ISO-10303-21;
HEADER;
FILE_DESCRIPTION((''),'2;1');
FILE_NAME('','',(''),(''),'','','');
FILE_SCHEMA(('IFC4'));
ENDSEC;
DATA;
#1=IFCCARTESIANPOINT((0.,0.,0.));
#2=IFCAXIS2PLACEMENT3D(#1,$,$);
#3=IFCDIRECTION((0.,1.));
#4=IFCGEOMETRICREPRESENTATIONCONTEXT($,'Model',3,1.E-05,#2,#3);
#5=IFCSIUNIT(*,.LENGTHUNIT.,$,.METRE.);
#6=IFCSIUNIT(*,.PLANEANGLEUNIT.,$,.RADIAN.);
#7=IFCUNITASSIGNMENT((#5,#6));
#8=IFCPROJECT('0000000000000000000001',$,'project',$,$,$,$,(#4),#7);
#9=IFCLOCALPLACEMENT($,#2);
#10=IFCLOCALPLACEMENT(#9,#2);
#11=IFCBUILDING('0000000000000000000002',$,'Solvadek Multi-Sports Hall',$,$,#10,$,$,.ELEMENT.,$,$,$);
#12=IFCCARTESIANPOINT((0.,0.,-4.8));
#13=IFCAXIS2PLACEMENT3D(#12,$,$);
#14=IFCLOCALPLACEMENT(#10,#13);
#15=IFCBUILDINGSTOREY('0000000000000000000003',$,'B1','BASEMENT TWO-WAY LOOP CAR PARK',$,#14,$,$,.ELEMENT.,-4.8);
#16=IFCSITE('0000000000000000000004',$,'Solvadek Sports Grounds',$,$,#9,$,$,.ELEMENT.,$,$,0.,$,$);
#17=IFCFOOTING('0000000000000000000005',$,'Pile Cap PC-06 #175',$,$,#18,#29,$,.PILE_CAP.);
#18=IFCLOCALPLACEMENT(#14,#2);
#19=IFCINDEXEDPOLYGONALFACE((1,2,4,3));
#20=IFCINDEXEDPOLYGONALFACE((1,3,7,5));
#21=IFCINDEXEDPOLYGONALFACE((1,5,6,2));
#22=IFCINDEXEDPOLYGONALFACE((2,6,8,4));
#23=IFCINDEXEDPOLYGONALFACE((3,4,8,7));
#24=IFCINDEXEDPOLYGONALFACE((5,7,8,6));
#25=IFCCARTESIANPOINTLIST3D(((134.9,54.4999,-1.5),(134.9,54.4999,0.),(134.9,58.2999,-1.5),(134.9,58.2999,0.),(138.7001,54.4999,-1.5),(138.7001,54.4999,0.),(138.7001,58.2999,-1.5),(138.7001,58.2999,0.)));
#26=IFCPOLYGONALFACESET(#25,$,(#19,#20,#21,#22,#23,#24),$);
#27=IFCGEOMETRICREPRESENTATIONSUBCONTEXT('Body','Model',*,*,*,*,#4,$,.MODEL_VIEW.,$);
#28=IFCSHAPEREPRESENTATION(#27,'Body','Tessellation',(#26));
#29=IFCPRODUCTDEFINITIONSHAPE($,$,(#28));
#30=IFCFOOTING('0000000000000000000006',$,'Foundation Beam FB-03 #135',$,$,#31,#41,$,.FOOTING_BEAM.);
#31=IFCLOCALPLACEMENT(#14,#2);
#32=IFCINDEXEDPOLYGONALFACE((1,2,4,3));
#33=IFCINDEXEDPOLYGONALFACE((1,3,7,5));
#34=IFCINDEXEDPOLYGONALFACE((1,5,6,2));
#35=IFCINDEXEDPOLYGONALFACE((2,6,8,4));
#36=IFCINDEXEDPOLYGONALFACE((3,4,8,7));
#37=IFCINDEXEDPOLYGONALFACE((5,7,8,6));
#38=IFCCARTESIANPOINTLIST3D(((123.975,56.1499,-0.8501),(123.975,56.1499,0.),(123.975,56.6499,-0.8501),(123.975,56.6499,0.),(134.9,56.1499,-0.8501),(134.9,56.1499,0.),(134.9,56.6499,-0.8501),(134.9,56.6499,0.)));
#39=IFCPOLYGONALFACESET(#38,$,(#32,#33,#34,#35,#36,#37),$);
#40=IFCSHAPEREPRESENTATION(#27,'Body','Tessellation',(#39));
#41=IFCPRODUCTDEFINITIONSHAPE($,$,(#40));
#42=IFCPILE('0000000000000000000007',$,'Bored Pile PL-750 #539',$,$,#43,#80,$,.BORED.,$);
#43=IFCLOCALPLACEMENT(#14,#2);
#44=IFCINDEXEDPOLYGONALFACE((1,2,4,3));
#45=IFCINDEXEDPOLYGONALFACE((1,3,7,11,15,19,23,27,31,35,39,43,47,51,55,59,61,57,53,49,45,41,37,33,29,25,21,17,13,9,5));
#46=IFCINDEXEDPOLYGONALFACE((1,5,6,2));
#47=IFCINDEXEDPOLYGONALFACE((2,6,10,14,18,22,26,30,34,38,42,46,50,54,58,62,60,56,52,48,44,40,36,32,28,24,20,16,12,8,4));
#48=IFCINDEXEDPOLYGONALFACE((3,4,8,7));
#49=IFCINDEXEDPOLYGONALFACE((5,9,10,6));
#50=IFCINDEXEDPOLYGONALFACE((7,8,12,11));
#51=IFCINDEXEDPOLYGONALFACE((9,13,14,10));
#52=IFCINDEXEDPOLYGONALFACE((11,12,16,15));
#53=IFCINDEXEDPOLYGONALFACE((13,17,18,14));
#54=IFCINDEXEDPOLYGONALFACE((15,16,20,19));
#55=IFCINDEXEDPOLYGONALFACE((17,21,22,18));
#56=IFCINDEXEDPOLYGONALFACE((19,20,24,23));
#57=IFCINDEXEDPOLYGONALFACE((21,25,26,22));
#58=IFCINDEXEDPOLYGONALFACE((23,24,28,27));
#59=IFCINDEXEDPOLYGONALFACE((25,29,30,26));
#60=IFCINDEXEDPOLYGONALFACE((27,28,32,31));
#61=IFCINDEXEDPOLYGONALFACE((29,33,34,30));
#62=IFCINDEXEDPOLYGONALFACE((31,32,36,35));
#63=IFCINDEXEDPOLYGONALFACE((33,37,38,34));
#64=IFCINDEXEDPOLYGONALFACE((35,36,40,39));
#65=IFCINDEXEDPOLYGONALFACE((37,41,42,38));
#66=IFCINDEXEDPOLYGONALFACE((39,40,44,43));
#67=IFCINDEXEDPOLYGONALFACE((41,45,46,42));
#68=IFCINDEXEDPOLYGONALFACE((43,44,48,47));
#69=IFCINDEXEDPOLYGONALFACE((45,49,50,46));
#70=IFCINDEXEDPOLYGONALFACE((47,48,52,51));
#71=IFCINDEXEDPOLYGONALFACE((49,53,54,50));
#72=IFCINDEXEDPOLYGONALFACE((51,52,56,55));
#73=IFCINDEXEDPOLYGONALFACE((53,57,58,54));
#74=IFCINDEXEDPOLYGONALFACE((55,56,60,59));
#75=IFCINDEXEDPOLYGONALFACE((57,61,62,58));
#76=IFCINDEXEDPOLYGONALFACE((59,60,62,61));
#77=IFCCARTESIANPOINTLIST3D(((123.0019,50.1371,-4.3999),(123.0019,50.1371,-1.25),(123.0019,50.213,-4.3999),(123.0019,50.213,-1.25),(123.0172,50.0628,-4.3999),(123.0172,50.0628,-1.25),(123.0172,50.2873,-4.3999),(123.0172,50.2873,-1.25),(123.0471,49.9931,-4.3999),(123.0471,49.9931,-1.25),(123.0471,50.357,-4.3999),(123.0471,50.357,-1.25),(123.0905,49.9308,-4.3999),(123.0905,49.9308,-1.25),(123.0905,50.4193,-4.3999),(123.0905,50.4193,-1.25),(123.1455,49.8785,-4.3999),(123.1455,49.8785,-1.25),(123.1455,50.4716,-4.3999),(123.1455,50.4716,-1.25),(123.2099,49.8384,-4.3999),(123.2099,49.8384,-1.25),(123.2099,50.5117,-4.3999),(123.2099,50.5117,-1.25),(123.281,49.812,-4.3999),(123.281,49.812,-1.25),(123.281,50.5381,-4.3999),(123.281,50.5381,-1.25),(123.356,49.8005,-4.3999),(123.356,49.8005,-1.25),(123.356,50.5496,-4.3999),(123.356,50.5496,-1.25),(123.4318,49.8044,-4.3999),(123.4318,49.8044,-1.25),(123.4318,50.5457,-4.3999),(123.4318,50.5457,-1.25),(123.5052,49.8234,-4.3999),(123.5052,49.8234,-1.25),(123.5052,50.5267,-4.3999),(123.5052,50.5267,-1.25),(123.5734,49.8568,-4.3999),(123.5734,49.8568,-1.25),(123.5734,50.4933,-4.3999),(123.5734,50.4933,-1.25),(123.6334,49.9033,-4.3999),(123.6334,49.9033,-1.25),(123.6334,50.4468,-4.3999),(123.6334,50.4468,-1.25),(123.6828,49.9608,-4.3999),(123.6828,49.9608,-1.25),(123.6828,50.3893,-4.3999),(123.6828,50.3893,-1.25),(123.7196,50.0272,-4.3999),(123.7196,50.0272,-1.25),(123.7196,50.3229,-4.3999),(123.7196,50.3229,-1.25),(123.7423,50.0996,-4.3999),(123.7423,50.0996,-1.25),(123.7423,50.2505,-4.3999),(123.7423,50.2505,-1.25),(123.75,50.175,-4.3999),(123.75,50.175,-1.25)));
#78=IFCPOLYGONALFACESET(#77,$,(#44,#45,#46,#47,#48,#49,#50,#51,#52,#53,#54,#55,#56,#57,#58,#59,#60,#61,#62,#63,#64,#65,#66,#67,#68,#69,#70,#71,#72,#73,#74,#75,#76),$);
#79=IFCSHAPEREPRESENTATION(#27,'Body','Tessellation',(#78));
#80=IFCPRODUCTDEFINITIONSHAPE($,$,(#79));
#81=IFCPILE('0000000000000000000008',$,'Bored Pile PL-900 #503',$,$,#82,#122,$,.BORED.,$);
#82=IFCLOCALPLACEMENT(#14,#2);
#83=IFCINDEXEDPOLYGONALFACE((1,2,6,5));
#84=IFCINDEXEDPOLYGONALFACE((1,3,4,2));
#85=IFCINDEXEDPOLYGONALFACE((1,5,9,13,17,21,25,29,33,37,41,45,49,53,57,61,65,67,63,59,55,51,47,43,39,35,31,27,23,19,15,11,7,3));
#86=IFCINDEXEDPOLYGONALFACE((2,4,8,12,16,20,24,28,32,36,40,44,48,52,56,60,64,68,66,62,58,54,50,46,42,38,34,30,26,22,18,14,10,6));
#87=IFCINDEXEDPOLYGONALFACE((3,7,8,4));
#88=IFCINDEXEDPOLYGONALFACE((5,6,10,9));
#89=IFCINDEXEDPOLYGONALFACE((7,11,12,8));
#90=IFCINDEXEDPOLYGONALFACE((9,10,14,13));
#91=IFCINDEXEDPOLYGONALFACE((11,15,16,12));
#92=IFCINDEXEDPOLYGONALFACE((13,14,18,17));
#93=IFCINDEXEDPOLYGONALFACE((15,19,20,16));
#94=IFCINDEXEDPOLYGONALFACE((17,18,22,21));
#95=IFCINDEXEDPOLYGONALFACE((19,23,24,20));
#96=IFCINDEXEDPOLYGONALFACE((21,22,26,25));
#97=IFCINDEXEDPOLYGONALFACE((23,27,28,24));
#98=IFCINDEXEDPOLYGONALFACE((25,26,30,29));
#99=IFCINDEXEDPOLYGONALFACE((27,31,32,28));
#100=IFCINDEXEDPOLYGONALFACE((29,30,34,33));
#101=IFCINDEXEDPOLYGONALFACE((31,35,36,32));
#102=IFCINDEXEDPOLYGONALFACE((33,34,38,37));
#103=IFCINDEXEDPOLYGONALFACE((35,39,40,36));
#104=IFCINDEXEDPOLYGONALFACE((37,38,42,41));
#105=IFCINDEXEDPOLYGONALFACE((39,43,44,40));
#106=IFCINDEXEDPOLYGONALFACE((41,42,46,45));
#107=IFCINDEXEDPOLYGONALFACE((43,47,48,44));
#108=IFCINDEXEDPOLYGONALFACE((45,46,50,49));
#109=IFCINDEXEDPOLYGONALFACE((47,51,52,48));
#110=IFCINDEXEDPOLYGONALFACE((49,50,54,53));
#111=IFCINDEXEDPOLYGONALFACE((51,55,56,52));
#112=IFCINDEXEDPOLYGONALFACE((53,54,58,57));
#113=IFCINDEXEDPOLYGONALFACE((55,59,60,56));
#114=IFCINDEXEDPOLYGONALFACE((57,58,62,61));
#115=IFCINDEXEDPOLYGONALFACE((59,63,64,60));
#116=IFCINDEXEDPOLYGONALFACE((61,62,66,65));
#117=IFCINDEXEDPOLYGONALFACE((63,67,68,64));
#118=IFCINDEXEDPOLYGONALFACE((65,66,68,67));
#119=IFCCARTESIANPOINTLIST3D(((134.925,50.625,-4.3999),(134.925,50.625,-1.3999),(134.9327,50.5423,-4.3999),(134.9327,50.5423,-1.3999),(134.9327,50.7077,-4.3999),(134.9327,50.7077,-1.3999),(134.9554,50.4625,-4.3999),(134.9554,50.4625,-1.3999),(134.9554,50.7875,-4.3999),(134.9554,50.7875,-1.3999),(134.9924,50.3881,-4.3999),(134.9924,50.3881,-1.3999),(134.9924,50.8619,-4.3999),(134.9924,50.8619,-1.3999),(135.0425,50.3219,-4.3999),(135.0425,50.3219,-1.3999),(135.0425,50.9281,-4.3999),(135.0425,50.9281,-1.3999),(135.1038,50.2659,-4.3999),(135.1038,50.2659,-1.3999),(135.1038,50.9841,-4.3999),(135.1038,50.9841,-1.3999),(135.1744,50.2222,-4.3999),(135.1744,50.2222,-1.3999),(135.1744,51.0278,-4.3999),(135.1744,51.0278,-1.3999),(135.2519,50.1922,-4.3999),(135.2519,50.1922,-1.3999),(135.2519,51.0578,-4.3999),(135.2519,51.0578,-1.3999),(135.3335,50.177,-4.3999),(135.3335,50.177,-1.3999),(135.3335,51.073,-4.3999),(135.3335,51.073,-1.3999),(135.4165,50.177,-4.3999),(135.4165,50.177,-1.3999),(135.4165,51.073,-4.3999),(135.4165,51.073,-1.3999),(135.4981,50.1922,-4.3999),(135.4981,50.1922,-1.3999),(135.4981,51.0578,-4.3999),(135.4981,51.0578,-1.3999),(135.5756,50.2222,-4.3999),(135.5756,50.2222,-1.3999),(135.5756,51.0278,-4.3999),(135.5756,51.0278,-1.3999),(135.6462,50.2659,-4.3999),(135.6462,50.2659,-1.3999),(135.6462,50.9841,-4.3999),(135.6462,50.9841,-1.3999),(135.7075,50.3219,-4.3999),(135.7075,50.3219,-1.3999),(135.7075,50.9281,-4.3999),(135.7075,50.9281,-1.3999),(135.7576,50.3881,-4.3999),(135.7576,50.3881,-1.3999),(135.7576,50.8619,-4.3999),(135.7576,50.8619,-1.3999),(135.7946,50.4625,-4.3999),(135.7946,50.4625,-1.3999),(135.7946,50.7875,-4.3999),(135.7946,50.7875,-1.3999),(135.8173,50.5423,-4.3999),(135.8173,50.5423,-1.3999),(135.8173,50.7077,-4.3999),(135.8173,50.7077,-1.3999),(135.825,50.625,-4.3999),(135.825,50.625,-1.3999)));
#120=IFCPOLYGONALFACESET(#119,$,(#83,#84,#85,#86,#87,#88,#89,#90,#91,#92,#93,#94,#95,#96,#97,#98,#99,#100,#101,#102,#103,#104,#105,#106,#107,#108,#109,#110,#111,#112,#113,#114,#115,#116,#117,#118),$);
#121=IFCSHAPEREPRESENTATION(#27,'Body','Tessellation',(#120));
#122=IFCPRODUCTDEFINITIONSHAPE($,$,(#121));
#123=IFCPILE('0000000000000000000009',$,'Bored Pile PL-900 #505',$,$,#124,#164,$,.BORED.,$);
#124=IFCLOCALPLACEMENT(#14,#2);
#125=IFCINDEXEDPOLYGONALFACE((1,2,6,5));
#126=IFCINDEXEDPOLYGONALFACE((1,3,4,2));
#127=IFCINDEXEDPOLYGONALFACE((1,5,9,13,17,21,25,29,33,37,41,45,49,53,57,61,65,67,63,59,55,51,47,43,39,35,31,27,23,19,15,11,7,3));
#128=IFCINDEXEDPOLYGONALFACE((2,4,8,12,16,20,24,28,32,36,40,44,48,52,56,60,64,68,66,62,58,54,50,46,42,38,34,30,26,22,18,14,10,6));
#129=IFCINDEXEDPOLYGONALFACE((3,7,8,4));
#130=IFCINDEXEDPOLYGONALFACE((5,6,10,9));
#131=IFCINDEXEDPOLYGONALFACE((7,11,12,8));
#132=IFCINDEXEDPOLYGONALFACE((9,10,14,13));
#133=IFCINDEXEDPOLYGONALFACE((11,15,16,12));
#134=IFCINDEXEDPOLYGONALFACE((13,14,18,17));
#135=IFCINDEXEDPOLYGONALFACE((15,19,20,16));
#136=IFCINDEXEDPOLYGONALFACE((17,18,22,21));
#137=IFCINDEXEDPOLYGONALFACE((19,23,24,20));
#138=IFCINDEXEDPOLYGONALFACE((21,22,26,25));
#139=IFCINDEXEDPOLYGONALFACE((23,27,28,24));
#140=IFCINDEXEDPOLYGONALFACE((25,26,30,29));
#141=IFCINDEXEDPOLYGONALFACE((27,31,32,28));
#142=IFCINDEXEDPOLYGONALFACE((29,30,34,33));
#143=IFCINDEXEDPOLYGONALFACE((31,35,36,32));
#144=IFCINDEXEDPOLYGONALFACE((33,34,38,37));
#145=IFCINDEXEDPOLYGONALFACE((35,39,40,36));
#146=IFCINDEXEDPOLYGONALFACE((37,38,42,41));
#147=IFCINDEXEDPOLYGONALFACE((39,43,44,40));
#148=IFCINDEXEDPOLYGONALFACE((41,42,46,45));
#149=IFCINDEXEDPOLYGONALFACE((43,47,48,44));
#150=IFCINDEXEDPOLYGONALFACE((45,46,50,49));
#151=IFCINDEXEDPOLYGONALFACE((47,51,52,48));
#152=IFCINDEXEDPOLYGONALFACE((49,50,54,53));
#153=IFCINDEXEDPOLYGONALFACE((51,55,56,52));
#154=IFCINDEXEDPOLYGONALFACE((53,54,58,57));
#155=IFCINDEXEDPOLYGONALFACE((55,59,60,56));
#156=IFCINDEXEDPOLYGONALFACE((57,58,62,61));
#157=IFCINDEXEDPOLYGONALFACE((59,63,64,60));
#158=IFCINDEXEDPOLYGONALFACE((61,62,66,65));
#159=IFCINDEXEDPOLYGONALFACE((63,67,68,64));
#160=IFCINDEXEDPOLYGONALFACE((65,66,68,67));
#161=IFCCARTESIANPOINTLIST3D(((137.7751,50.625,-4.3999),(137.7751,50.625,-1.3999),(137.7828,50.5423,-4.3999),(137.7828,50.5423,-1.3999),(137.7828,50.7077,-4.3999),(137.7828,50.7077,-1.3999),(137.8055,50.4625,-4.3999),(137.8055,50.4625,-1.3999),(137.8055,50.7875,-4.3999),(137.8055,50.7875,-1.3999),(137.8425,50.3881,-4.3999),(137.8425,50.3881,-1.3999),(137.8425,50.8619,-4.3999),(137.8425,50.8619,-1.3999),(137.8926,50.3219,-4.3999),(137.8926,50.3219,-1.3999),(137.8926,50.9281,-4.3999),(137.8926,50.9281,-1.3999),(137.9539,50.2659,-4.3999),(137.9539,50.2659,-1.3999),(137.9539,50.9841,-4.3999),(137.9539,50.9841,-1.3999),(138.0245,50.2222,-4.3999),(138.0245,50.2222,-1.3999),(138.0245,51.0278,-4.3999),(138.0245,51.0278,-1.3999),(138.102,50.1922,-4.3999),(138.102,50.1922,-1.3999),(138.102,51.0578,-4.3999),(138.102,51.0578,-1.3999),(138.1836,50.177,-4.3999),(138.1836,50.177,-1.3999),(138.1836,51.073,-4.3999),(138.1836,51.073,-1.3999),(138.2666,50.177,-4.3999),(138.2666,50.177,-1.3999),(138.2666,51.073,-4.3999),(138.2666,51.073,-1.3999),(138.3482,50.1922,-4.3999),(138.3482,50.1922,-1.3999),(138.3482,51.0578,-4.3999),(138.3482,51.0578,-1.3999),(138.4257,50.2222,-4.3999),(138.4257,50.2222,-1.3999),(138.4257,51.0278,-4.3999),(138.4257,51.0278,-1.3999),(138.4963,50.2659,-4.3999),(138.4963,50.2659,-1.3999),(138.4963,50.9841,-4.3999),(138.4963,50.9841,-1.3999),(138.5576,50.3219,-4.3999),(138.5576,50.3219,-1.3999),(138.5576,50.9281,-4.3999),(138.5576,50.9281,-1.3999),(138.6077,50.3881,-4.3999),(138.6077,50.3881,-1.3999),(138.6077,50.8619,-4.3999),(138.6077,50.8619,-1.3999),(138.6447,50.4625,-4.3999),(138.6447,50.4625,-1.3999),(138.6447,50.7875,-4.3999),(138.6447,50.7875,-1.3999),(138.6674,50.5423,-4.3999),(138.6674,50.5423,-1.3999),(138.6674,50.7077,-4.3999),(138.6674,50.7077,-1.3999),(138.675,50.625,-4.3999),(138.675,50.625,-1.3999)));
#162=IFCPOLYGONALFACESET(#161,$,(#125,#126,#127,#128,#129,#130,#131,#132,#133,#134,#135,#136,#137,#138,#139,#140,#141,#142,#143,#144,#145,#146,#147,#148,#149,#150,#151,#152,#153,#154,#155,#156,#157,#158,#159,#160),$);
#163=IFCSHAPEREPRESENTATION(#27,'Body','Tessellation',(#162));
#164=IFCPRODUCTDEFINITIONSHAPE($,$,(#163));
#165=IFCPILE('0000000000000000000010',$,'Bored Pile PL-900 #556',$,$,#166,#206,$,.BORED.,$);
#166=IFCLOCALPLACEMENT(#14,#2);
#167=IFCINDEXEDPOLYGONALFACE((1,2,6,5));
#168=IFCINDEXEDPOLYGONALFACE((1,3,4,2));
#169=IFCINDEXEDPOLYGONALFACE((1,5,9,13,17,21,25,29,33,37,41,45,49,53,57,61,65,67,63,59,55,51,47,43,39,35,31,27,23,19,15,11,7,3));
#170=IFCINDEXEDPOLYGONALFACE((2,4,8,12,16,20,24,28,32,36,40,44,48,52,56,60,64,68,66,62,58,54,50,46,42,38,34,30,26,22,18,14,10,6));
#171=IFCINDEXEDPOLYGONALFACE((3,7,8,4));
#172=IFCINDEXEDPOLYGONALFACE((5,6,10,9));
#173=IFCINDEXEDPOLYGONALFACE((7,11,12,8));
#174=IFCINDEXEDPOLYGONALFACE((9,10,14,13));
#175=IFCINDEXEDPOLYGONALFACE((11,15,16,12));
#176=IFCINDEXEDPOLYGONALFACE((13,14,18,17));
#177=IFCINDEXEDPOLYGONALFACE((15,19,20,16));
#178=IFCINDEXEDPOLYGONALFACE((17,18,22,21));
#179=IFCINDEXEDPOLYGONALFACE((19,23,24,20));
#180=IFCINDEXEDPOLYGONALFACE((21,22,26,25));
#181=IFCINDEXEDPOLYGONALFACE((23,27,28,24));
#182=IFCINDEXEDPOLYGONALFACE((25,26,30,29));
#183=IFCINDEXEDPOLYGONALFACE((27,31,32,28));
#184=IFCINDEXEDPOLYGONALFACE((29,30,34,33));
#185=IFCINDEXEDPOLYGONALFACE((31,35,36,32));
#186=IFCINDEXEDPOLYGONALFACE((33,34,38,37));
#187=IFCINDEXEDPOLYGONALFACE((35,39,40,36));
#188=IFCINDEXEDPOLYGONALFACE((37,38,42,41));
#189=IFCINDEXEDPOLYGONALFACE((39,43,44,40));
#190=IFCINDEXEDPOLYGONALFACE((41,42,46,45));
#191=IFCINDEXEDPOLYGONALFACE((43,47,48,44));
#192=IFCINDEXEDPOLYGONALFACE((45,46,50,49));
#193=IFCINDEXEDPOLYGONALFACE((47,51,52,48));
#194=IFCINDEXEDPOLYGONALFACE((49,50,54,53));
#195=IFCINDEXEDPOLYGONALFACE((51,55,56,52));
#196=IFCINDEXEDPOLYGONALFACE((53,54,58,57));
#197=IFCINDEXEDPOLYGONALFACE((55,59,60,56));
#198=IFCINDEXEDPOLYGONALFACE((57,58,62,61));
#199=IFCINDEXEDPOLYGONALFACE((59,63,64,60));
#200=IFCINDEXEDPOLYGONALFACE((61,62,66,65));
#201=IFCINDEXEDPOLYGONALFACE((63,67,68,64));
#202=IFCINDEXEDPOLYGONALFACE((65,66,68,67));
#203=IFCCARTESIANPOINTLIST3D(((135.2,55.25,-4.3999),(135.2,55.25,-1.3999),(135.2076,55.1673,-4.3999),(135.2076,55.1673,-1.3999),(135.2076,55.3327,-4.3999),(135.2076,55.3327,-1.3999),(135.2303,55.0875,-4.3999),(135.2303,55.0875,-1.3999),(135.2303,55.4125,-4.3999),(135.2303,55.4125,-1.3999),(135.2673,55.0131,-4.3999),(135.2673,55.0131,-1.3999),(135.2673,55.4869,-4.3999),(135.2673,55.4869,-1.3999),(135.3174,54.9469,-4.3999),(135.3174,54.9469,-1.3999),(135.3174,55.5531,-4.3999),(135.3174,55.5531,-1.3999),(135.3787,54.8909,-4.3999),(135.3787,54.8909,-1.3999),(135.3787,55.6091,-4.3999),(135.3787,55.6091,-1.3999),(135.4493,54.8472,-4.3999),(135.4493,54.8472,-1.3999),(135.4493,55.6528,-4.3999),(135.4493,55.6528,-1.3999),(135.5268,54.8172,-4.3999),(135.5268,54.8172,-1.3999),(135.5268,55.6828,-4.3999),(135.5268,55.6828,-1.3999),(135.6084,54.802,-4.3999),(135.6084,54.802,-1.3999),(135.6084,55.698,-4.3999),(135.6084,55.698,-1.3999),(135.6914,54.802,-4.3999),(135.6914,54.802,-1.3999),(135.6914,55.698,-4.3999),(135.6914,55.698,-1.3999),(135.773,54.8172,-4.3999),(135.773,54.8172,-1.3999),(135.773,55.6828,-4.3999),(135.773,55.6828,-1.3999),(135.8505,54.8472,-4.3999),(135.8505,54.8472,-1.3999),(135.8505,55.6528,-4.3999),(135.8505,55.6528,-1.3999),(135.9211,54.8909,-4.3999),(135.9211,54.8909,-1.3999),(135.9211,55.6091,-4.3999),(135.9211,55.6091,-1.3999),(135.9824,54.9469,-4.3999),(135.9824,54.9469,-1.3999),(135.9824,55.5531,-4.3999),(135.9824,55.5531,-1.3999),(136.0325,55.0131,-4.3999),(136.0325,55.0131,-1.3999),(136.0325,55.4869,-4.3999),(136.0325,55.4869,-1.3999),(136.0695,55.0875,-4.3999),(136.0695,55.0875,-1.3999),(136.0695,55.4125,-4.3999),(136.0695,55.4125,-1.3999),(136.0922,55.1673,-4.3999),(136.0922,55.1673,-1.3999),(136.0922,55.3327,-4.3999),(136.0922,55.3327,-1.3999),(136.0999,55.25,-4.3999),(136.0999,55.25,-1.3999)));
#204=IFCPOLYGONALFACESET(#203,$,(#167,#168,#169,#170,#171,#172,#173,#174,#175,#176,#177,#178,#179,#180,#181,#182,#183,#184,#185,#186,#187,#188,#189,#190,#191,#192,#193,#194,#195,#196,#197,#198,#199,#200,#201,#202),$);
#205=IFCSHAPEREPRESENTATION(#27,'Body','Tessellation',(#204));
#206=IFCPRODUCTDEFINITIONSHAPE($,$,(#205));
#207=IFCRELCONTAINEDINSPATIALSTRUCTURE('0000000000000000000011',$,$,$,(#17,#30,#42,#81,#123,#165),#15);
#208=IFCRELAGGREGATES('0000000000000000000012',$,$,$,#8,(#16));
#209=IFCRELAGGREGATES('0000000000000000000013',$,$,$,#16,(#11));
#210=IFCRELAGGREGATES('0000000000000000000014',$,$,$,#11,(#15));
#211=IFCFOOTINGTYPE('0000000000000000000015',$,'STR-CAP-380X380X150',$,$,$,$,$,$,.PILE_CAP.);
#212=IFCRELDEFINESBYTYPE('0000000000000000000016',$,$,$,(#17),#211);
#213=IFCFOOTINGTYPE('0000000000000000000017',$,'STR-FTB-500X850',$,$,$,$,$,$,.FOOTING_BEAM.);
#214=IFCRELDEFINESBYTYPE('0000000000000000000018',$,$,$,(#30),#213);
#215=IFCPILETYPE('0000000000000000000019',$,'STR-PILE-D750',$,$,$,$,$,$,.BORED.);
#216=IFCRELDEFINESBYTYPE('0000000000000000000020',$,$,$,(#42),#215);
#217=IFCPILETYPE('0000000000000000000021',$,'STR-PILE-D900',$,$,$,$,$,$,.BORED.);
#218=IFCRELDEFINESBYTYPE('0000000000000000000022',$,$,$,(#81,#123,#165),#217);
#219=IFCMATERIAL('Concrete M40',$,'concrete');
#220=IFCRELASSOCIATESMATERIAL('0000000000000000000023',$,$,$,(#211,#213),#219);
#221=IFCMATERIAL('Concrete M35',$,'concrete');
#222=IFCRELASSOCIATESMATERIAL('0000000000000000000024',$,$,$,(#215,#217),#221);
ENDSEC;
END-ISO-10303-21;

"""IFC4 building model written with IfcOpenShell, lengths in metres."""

from ifc_helpers import new_model, si_unit, direction, frame, origin, origin_2d, place, context, subcontext, project, spatial, rectangle, circle, extrude, material, material_profile, profile_set, type_object, element, save


model = new_model("IFC4")

# Units and contexts
model_context = context("Model", 3, precision=1e-05, world=origin(), true_north=direction((0.0, 1.0)))
body_context = subcontext(model_context, "Body", "Model", "MODEL_VIEW")
ifc_project = project(units=[si_unit("LENGTHUNIT", "METRE"), si_unit("PLANEANGLEUNIT", "RADIAN")], contexts=[model_context])

# Site, building, storey
site_placement = place(None, origin())
site = spatial("IfcSite", under=ifc_project, at=site_placement, Name="Solvadek Sports Grounds", CompositionType="ELEMENT", RefElevation=0.0)
building_placement = place(site_placement, origin())
building = spatial("IfcBuilding", under=site, at=building_placement, Name="Solvadek Multi-Sports Hall", CompositionType="ELEMENT")
storey_placement = place(building_placement, frame((0.0, 0.0, -4.8)))
storey = spatial("IfcBuildingStorey", under=building, at=storey_placement, Name="B1", Description="BASEMENT TWO-WAY LOOP CAR PARK", CompositionType="ELEMENT", Elevation=-4.8)

# Footings
ifc_material_1 = material(Name="Concrete M40", Category="concrete")
footing_type_1 = type_object("IfcFootingType", Name="STR-CAP-380X380X150", PredefinedType="PILE_CAP", material=ifc_material_1)
footing_1_placement = place(storey_placement, frame((136.8, 56.3999, -1.5), z_axis=(0.0, 0.0, 1.0), x_axis=(1.0, 0.0, 0.0)))
element("IfcFooting", 1, at=footing_1_placement, inside=storey, type_object=footing_type_1, Name="Pile Cap PC-06 #175", PredefinedType="PILE_CAP", context=body_context, shape_type="SweptSolid", body=[
    extrude(rectangle(XDim=3.8, YDim=3.8, at=origin_2d()), origin(), (0.0, 0.0, 1.0), 1.5),
])
footing_type_2 = type_object("IfcFootingType", Name="STR-FTB-500X850", PredefinedType="FOOTING_BEAM", material=ifc_material_1)
footing_2_placement = place(storey_placement, frame((129.4375, 56.3999, -0.8501), z_axis=(0.0, 0.0, 1.0), x_axis=(1.0, 0.0, 0.0)))
element("IfcFooting", 2, at=footing_2_placement, inside=storey, type_object=footing_type_2, Name="Foundation Beam FB-03 #135", PredefinedType="FOOTING_BEAM", context=body_context, shape_type="SweptSolid", body=[
    extrude(rectangle(XDim=10.925, YDim=0.5, at=origin_2d()), origin(), (0.0, 0.0, 1.0), 0.8501),
])

# Piles
ifc_material_2 = material(Name="Concrete M35", Category="concrete")
ifc_material_profile_1 = material_profile(ifc_material_2, circle(Radius=0.375, at=origin_2d()), Name="BORED PILE D750")
ifc_profile_set_1 = profile_set([ifc_material_profile_1], Name="Concrete M35")
pile_type_1 = type_object("IfcPileType", Name="STR-PILE-D750", PredefinedType="BORED", material=ifc_profile_set_1)
pile_placement = place(storey_placement, frame((123.375, 50.175, -1.25), z_axis=(0.0, 0.0, -1.0), x_axis=(1.0, 0.0, 0.0)))
element("IfcPile", 3, at=pile_placement, inside=storey, type_object=pile_type_1, Name="Bored Pile PL-750 #539", PredefinedType="BORED", context=body_context, shape_type="SweptSolid", body=[
    extrude(circle(Radius=0.375, at=origin_2d()), origin(), (0.0, 0.0, 1.0), 3.1499),
])
ifc_material_profile_2 = material_profile(ifc_material_2, circle(Radius=0.45, at=origin_2d()), Name="BORED PILE D900")
ifc_profile_set_2 = profile_set([ifc_material_profile_2], Name="Concrete M35")
pile_type_2 = type_object("IfcPileType", Name="STR-PILE-D900", PredefinedType="BORED", material=ifc_profile_set_2)
for number, where, z_axis, x_axis, name in (
    (4, (135.375, 50.625, -1.3999), (0.0, 0.0, -1.0), (1.0, 0.0, 0.0), "Bored Pile PL-900 #503"),
    (5, (138.2251, 50.625, -1.3999), (0.0, 0.0, -1.0), (1.0, 0.0, 0.0), "Bored Pile PL-900 #505"),
    (6, (135.6499, 55.25, -1.3999), (0.0, 0.0, -1.0), (1.0, 0.0, 0.0), "Bored Pile PL-900 #556"),
):
    element("IfcPile", number, at=place(storey_placement, frame(where, z_axis=z_axis, x_axis=x_axis)), inside=storey, type_object=pile_type_2, Name=name, PredefinedType="BORED", context=body_context, shape_type="SweptSolid", body=[
        extrude(circle(Radius=0.45, at=origin_2d()), origin(), (0.0, 0.0, 1.0), 3.0),
    ])

save(model, "model.ifc")
